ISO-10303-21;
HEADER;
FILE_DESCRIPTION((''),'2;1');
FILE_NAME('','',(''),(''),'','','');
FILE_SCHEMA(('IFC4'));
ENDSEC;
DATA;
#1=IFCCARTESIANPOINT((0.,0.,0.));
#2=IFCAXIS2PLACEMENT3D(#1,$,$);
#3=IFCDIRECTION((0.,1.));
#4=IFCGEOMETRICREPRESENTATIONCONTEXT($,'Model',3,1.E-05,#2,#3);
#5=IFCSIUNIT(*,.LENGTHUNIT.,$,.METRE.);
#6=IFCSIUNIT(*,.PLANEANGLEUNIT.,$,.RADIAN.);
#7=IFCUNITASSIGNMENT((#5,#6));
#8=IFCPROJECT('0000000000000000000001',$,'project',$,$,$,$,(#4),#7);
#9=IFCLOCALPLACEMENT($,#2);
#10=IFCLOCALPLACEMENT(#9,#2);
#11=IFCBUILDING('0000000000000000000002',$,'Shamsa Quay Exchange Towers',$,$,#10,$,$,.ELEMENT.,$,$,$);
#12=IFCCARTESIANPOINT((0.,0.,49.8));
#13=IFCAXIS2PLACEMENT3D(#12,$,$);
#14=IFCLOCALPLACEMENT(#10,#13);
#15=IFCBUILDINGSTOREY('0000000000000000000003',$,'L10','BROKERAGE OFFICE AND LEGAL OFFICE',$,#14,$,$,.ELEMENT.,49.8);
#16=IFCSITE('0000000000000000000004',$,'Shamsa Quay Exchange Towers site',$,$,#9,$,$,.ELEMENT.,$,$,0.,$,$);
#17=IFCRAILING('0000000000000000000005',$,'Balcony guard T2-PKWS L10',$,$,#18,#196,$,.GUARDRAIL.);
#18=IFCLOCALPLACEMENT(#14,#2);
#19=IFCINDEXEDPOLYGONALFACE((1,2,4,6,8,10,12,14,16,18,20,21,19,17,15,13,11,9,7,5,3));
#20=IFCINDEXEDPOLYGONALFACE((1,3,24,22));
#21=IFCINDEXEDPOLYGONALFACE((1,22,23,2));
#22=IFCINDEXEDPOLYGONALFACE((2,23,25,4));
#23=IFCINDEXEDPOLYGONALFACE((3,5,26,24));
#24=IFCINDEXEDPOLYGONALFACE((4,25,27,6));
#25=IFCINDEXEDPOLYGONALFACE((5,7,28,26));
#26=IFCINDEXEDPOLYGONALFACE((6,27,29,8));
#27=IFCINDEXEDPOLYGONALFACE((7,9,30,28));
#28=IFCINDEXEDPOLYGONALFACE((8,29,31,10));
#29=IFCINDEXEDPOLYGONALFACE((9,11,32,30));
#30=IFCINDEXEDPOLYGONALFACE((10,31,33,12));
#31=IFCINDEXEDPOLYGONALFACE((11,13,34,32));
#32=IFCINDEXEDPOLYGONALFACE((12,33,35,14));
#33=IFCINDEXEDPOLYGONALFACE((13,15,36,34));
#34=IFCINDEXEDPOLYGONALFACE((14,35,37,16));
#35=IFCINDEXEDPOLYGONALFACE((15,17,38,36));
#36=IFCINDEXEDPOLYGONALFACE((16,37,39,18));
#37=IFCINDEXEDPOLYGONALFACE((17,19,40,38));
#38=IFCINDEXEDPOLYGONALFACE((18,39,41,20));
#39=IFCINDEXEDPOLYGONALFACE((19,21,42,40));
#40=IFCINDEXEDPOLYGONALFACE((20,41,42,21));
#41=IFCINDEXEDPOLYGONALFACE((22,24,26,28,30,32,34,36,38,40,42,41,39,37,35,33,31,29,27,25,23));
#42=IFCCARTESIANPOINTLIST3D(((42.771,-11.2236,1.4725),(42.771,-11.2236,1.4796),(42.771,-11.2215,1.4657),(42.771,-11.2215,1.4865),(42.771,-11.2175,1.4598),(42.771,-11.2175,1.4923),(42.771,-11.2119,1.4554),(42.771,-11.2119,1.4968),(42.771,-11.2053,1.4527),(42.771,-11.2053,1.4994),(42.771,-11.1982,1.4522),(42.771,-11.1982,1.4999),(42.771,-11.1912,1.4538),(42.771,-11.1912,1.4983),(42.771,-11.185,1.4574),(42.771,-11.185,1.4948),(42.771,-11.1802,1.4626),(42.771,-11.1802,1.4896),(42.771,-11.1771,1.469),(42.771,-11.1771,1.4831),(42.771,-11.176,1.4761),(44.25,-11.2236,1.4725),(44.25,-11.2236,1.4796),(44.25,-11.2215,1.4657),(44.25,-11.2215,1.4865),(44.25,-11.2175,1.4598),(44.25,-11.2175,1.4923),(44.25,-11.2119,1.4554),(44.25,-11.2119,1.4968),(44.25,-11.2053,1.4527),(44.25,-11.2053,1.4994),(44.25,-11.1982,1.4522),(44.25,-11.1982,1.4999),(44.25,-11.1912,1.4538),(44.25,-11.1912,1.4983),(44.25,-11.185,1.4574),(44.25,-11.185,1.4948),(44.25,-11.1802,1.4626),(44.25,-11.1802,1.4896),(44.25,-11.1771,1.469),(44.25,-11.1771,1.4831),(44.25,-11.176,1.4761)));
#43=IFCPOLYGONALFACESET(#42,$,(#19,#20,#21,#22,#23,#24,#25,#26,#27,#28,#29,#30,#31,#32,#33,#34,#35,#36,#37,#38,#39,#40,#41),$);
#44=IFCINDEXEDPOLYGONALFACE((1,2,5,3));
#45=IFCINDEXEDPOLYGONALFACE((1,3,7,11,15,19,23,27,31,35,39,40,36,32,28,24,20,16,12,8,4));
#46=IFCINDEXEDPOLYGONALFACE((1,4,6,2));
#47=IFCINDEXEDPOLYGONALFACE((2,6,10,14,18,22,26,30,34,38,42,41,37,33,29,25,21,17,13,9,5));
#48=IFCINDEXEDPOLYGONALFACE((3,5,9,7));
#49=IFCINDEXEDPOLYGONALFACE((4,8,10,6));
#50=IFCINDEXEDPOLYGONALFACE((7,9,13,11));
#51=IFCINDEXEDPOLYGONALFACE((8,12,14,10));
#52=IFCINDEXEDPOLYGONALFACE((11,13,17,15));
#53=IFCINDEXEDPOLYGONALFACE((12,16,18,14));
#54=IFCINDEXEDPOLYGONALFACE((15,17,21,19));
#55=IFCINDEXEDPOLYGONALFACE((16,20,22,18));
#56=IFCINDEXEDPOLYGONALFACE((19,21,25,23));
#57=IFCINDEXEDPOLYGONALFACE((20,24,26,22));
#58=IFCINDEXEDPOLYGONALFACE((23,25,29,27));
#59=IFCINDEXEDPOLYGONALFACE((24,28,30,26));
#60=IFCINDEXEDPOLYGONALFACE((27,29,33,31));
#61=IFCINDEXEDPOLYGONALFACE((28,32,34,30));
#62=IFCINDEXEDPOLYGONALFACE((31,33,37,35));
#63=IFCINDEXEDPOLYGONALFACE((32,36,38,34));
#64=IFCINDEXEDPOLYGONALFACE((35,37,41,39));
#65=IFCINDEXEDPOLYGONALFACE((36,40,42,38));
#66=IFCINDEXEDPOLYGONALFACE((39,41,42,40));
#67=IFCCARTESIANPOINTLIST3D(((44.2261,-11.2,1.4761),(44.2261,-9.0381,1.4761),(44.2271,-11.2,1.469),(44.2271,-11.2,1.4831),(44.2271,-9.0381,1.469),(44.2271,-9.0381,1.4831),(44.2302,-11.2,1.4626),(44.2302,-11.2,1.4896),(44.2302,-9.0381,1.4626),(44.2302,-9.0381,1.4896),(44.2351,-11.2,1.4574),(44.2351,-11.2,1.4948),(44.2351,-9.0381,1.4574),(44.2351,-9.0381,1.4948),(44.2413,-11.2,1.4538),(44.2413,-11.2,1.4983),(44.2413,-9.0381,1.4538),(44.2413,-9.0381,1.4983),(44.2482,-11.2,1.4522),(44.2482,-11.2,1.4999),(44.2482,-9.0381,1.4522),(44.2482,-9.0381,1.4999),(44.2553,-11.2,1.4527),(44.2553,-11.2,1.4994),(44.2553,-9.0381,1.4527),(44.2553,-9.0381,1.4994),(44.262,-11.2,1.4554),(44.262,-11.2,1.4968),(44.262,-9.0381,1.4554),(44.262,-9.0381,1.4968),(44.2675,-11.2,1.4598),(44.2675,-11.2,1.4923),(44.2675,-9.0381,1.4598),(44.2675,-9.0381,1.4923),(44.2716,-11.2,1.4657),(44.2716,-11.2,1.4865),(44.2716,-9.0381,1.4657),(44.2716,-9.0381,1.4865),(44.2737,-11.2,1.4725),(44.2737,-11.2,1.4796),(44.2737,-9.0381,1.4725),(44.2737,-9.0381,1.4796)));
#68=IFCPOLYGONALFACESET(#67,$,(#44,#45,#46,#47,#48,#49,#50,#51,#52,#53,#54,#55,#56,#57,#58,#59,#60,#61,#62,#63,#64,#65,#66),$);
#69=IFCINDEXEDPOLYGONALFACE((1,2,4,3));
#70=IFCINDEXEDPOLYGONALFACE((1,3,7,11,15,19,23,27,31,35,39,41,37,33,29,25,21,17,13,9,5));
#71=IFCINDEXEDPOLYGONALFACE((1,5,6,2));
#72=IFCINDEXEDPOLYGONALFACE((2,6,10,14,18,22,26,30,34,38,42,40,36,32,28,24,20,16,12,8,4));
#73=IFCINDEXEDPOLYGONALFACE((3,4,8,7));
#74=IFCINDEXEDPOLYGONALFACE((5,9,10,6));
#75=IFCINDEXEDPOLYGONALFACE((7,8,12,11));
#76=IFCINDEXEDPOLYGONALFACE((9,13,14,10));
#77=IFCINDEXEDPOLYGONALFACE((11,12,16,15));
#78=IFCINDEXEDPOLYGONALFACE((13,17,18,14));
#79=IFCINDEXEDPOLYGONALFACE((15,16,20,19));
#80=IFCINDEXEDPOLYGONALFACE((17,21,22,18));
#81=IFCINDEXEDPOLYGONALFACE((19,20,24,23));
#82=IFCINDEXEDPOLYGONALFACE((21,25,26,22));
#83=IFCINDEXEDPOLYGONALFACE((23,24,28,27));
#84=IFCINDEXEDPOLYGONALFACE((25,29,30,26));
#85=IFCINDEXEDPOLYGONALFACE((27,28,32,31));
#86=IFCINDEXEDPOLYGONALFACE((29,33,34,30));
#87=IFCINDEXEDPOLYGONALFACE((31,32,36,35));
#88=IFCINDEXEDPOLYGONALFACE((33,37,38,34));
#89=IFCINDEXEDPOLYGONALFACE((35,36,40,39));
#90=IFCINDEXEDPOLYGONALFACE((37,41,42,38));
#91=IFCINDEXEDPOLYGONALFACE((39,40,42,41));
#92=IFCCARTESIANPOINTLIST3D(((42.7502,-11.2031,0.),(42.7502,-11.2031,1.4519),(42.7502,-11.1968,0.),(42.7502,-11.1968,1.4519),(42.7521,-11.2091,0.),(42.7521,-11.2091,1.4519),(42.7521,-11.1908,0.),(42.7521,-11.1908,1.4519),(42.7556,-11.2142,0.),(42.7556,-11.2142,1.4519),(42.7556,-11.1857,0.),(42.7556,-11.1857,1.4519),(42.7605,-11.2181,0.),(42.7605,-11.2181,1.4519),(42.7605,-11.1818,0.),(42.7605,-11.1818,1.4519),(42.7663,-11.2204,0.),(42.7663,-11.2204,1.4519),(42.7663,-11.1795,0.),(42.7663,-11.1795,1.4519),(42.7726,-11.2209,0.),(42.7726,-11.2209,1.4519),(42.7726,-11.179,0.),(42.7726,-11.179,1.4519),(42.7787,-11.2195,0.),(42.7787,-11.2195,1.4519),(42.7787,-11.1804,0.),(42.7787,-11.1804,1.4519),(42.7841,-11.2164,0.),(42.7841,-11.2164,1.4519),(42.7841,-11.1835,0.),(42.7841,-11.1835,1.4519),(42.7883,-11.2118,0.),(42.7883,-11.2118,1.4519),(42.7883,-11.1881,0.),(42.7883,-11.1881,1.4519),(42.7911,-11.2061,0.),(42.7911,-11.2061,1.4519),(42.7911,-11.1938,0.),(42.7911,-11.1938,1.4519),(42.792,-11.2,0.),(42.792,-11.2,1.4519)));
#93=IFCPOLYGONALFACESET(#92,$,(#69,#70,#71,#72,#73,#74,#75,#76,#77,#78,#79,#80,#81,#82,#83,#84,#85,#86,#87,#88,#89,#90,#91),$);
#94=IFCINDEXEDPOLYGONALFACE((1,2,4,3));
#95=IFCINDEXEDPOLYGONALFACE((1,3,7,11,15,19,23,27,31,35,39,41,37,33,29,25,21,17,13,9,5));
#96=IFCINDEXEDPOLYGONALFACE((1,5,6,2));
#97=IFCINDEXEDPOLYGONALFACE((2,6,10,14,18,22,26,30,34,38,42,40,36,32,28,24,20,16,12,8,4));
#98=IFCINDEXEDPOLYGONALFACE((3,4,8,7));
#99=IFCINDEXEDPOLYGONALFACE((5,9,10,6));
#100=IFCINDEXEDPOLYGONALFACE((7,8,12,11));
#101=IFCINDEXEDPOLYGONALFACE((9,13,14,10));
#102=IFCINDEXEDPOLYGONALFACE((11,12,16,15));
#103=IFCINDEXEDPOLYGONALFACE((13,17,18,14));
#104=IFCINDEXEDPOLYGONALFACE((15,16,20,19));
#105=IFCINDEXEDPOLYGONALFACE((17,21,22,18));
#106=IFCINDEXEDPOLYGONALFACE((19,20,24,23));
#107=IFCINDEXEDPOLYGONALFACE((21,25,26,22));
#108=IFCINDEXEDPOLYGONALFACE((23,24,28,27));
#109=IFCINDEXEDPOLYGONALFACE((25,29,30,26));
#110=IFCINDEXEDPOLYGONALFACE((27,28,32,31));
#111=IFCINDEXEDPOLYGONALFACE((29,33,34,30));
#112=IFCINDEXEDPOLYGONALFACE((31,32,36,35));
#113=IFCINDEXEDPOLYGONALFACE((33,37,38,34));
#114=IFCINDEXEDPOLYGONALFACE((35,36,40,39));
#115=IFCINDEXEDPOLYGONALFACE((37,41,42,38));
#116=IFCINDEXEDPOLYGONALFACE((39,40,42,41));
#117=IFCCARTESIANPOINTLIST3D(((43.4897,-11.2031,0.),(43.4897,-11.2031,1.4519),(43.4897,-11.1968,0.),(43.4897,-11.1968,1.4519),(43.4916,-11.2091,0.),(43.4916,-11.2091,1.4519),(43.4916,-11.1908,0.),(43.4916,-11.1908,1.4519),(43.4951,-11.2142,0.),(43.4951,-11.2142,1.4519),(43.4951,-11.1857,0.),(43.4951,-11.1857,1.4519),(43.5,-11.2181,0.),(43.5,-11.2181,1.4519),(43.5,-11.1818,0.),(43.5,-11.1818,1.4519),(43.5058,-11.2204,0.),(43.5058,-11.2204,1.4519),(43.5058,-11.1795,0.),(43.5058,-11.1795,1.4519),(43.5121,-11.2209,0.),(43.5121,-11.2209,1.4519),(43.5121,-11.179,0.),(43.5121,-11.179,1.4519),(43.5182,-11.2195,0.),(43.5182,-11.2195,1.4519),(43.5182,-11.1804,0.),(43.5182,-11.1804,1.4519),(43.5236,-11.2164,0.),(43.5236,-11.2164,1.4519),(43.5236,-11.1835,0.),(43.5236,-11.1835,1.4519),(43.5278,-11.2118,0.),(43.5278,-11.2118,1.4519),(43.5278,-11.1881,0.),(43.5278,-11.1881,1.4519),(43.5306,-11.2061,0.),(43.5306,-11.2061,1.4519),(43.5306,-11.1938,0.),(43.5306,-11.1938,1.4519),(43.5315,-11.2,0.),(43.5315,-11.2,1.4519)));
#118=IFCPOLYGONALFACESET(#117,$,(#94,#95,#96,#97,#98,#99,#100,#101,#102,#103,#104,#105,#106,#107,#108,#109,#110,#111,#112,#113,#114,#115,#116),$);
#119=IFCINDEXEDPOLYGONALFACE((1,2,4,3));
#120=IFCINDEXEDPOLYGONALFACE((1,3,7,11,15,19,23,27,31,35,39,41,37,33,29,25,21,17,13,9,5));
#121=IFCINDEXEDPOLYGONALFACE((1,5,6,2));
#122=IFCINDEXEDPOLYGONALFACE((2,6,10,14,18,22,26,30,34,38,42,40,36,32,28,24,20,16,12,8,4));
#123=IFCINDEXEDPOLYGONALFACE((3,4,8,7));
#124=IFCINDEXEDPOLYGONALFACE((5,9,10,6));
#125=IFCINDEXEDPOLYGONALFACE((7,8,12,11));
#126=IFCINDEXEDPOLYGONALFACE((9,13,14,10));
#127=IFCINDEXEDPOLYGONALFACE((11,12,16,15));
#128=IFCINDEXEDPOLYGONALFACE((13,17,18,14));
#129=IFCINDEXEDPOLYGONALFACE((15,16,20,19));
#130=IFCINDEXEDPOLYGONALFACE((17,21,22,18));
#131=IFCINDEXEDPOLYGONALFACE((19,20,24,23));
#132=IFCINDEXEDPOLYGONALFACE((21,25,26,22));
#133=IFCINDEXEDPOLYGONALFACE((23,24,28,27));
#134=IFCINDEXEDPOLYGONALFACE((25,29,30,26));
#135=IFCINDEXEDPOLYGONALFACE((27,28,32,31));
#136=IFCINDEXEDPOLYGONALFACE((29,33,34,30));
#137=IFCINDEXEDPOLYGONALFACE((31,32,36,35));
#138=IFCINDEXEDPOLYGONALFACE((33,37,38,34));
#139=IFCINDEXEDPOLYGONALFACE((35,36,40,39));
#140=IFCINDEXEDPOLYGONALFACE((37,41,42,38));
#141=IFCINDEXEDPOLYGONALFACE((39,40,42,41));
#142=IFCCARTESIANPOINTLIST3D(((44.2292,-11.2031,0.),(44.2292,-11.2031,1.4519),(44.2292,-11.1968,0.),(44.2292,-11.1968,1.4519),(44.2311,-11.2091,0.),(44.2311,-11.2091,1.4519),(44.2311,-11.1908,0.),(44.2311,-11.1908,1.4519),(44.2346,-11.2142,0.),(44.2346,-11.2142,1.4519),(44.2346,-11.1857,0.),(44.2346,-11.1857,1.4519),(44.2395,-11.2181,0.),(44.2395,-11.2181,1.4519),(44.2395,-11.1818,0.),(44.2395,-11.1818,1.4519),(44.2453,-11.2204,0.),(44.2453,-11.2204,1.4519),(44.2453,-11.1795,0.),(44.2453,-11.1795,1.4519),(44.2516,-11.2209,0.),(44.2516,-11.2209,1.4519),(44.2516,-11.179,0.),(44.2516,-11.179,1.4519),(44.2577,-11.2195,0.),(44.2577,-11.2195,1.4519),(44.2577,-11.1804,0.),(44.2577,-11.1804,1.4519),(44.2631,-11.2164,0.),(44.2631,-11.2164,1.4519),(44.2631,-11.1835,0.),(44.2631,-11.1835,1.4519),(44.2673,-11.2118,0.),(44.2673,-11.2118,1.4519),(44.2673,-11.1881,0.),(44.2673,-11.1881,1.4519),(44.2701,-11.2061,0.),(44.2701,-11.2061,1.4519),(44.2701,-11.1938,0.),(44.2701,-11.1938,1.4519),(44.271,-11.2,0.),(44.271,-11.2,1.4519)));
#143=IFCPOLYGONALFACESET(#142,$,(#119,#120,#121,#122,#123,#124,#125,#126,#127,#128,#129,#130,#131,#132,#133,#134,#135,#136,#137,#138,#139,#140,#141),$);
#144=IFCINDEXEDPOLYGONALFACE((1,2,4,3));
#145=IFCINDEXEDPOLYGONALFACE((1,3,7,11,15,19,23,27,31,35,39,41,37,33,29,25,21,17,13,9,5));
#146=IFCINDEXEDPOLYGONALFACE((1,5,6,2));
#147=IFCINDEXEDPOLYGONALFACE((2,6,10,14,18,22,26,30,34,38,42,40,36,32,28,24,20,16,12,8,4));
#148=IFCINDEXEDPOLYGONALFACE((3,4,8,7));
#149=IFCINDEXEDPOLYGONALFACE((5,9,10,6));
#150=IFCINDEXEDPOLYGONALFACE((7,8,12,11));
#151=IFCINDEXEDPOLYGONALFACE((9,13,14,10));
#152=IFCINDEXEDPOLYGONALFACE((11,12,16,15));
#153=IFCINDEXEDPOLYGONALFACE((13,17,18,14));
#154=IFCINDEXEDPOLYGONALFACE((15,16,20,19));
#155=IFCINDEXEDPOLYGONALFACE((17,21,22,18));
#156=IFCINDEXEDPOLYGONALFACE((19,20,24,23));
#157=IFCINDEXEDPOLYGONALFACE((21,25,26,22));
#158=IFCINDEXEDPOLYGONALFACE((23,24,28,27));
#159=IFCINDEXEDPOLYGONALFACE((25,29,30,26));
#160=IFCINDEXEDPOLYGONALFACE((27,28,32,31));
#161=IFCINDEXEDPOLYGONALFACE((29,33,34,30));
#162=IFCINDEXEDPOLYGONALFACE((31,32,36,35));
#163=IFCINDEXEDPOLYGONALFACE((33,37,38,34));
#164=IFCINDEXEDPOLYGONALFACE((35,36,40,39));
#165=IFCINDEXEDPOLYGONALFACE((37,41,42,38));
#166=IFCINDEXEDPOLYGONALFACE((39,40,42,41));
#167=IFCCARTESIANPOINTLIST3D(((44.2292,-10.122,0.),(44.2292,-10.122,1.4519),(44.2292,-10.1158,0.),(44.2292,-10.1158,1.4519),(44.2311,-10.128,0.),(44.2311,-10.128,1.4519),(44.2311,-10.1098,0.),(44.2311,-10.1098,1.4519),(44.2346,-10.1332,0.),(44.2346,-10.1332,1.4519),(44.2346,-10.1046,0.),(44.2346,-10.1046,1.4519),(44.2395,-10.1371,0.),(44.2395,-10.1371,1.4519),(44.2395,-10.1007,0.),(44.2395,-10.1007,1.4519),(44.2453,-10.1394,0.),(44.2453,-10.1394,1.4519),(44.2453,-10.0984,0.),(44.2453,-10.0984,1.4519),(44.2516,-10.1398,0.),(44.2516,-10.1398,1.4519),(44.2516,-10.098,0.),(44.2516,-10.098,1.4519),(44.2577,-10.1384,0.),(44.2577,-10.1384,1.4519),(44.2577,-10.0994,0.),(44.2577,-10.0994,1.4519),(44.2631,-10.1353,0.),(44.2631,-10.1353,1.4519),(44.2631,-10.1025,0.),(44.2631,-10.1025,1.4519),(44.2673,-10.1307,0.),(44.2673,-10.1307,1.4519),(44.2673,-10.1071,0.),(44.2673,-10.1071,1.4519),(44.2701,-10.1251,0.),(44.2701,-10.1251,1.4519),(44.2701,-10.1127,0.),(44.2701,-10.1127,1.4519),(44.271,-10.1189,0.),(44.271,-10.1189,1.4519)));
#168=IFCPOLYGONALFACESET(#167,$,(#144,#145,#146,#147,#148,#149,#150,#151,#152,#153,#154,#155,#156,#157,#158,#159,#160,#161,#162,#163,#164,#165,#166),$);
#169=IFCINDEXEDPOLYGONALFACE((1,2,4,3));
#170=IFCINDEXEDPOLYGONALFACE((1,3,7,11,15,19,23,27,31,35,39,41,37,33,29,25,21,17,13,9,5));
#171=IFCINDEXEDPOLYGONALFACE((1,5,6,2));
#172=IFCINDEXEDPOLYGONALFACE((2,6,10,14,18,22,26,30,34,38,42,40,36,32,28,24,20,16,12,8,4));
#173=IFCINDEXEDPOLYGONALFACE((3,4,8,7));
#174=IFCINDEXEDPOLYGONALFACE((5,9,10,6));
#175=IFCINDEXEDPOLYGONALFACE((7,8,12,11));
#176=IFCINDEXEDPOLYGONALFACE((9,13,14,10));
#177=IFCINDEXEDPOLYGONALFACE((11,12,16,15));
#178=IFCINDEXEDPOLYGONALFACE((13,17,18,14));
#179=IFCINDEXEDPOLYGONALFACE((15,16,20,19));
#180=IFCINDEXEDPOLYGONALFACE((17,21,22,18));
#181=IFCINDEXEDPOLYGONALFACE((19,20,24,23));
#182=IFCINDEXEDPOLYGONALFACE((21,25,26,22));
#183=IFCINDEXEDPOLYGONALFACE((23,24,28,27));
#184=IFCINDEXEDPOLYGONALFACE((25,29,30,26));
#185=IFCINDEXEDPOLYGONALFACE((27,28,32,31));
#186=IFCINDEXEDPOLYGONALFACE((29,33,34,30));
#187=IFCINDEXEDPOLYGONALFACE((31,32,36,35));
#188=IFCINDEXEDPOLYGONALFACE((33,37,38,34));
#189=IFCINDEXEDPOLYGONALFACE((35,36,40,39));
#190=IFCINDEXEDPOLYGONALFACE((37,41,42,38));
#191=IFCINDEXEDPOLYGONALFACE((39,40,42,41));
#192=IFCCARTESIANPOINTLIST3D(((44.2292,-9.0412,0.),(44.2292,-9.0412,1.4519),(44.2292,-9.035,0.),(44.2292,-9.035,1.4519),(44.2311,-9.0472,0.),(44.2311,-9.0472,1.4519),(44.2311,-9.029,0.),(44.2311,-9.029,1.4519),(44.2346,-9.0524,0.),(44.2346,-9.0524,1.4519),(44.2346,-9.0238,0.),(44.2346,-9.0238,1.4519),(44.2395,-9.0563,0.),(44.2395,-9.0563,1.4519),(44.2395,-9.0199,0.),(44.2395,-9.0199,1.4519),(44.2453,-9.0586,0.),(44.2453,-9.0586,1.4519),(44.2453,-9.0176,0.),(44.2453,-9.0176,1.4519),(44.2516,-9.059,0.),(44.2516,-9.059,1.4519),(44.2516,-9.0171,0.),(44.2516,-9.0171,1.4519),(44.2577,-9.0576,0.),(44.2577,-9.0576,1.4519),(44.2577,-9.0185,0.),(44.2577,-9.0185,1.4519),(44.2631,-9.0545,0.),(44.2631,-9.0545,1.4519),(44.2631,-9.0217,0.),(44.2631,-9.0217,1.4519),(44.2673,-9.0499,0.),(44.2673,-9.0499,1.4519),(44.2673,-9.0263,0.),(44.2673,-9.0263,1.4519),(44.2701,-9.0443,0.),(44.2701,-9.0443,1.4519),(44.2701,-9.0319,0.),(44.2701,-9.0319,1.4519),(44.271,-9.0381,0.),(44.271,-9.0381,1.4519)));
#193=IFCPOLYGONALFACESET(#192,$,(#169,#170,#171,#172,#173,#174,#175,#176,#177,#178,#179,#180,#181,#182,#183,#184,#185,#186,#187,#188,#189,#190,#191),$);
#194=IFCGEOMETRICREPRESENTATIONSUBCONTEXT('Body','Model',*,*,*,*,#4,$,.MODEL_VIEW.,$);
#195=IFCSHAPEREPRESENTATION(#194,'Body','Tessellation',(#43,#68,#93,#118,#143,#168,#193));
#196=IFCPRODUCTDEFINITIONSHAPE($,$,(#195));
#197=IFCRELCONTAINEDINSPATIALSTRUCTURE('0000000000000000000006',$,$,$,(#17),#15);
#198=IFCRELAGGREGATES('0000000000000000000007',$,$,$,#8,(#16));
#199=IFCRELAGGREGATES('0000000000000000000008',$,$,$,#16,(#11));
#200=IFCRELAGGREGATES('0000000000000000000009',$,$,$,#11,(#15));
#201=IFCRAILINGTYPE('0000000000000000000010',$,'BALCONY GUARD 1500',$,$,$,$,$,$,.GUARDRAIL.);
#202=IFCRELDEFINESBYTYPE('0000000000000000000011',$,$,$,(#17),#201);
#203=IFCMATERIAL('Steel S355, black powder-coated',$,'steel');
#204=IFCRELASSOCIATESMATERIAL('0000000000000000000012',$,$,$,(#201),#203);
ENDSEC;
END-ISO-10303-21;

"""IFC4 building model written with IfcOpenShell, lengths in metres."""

from ifc_helpers import new_model, si_unit, direction, frame, origin, origin_2d, place, context, subcontext, project, spatial, circle, extrude, material, type_object, element, save


model = new_model("IFC4")

# Units and contexts
model_context = context("Model", 3, precision=1e-05, world=origin(), true_north=direction((0.0, 1.0)))
body_context = subcontext(model_context, "Body", "Model", "MODEL_VIEW")
ifc_project = project(units=[si_unit("LENGTHUNIT", "METRE"), si_unit("PLANEANGLEUNIT", "RADIAN")], contexts=[model_context])

# Site, building, storey
site_placement = place(None, origin())
site = spatial("IfcSite", under=ifc_project, at=site_placement, Name="Shamsa Quay Exchange Towers site", CompositionType="ELEMENT", RefElevation=0.0)
building_placement = place(site_placement, origin())
building = spatial("IfcBuilding", under=site, at=building_placement, Name="Shamsa Quay Exchange Towers", CompositionType="ELEMENT")
storey_placement = place(building_placement, frame((0.0, 0.0, 49.8)))
storey = spatial("IfcBuildingStorey", under=building, at=storey_placement, Name="L10", Description="BROKERAGE OFFICE AND LEGAL OFFICE", CompositionType="ELEMENT", Elevation=49.8)

# Railing
ifc_material_1 = material(Name="Steel S355, black powder-coated", Category="steel")
railing_type = type_object("IfcRailingType", Name="BALCONY GUARD 1500", PredefinedType="GUARDRAIL", material=ifc_material_1)
for number, where, name in (
    (1, (42.771, -11.2, 0.0), "Balcony guard T2-PKWS L10"),
):
    element("IfcRailing", number, at=place(storey_placement, frame(where)), inside=storey, type_object=railing_type, Name=name, PredefinedType="GUARDRAIL", context=body_context, shape_type="SweptSolid", body=[
        extrude(circle(Radius=0.0239, at=origin_2d()), frame((0.0, 0.0, 1.4761), z_axis=(1.0, 0.0, 0.0), x_axis=(0.0, 1.0, 0.0)), (0.0, 0.0, 1.0), 1.479),
        extrude(circle(Radius=0.0239, at=origin_2d()), frame((1.479, 0.0, 1.4761), z_axis=(0.0, 1.0, 0.0), x_axis=(-1.0, 0.0, 0.0)), (0.0, 0.0, 1.0), 2.1619),
        extrude(circle(Radius=0.021, at=origin_2d()), origin(), (0.0, 0.0, 1.0), 1.4519),
        extrude(circle(Radius=0.021, at=origin_2d()), frame((0.7395, 0.0, 0.0)), (0.0, 0.0, 1.0), 1.4519),
        extrude(circle(Radius=0.021, at=origin_2d()), frame((1.479, 0.0, 0.0)), (0.0, 0.0, 1.0), 1.4519),
        extrude(circle(Radius=0.021, at=origin_2d()), frame((1.479, 1.0811, 0.0)), (0.0, 0.0, 1.0), 1.4519),
        extrude(circle(Radius=0.021, at=origin_2d()), frame((1.479, 2.1619, 0.0)), (0.0, 0.0, 1.0), 1.4519),
    ])

save(model, "model.ifc")
